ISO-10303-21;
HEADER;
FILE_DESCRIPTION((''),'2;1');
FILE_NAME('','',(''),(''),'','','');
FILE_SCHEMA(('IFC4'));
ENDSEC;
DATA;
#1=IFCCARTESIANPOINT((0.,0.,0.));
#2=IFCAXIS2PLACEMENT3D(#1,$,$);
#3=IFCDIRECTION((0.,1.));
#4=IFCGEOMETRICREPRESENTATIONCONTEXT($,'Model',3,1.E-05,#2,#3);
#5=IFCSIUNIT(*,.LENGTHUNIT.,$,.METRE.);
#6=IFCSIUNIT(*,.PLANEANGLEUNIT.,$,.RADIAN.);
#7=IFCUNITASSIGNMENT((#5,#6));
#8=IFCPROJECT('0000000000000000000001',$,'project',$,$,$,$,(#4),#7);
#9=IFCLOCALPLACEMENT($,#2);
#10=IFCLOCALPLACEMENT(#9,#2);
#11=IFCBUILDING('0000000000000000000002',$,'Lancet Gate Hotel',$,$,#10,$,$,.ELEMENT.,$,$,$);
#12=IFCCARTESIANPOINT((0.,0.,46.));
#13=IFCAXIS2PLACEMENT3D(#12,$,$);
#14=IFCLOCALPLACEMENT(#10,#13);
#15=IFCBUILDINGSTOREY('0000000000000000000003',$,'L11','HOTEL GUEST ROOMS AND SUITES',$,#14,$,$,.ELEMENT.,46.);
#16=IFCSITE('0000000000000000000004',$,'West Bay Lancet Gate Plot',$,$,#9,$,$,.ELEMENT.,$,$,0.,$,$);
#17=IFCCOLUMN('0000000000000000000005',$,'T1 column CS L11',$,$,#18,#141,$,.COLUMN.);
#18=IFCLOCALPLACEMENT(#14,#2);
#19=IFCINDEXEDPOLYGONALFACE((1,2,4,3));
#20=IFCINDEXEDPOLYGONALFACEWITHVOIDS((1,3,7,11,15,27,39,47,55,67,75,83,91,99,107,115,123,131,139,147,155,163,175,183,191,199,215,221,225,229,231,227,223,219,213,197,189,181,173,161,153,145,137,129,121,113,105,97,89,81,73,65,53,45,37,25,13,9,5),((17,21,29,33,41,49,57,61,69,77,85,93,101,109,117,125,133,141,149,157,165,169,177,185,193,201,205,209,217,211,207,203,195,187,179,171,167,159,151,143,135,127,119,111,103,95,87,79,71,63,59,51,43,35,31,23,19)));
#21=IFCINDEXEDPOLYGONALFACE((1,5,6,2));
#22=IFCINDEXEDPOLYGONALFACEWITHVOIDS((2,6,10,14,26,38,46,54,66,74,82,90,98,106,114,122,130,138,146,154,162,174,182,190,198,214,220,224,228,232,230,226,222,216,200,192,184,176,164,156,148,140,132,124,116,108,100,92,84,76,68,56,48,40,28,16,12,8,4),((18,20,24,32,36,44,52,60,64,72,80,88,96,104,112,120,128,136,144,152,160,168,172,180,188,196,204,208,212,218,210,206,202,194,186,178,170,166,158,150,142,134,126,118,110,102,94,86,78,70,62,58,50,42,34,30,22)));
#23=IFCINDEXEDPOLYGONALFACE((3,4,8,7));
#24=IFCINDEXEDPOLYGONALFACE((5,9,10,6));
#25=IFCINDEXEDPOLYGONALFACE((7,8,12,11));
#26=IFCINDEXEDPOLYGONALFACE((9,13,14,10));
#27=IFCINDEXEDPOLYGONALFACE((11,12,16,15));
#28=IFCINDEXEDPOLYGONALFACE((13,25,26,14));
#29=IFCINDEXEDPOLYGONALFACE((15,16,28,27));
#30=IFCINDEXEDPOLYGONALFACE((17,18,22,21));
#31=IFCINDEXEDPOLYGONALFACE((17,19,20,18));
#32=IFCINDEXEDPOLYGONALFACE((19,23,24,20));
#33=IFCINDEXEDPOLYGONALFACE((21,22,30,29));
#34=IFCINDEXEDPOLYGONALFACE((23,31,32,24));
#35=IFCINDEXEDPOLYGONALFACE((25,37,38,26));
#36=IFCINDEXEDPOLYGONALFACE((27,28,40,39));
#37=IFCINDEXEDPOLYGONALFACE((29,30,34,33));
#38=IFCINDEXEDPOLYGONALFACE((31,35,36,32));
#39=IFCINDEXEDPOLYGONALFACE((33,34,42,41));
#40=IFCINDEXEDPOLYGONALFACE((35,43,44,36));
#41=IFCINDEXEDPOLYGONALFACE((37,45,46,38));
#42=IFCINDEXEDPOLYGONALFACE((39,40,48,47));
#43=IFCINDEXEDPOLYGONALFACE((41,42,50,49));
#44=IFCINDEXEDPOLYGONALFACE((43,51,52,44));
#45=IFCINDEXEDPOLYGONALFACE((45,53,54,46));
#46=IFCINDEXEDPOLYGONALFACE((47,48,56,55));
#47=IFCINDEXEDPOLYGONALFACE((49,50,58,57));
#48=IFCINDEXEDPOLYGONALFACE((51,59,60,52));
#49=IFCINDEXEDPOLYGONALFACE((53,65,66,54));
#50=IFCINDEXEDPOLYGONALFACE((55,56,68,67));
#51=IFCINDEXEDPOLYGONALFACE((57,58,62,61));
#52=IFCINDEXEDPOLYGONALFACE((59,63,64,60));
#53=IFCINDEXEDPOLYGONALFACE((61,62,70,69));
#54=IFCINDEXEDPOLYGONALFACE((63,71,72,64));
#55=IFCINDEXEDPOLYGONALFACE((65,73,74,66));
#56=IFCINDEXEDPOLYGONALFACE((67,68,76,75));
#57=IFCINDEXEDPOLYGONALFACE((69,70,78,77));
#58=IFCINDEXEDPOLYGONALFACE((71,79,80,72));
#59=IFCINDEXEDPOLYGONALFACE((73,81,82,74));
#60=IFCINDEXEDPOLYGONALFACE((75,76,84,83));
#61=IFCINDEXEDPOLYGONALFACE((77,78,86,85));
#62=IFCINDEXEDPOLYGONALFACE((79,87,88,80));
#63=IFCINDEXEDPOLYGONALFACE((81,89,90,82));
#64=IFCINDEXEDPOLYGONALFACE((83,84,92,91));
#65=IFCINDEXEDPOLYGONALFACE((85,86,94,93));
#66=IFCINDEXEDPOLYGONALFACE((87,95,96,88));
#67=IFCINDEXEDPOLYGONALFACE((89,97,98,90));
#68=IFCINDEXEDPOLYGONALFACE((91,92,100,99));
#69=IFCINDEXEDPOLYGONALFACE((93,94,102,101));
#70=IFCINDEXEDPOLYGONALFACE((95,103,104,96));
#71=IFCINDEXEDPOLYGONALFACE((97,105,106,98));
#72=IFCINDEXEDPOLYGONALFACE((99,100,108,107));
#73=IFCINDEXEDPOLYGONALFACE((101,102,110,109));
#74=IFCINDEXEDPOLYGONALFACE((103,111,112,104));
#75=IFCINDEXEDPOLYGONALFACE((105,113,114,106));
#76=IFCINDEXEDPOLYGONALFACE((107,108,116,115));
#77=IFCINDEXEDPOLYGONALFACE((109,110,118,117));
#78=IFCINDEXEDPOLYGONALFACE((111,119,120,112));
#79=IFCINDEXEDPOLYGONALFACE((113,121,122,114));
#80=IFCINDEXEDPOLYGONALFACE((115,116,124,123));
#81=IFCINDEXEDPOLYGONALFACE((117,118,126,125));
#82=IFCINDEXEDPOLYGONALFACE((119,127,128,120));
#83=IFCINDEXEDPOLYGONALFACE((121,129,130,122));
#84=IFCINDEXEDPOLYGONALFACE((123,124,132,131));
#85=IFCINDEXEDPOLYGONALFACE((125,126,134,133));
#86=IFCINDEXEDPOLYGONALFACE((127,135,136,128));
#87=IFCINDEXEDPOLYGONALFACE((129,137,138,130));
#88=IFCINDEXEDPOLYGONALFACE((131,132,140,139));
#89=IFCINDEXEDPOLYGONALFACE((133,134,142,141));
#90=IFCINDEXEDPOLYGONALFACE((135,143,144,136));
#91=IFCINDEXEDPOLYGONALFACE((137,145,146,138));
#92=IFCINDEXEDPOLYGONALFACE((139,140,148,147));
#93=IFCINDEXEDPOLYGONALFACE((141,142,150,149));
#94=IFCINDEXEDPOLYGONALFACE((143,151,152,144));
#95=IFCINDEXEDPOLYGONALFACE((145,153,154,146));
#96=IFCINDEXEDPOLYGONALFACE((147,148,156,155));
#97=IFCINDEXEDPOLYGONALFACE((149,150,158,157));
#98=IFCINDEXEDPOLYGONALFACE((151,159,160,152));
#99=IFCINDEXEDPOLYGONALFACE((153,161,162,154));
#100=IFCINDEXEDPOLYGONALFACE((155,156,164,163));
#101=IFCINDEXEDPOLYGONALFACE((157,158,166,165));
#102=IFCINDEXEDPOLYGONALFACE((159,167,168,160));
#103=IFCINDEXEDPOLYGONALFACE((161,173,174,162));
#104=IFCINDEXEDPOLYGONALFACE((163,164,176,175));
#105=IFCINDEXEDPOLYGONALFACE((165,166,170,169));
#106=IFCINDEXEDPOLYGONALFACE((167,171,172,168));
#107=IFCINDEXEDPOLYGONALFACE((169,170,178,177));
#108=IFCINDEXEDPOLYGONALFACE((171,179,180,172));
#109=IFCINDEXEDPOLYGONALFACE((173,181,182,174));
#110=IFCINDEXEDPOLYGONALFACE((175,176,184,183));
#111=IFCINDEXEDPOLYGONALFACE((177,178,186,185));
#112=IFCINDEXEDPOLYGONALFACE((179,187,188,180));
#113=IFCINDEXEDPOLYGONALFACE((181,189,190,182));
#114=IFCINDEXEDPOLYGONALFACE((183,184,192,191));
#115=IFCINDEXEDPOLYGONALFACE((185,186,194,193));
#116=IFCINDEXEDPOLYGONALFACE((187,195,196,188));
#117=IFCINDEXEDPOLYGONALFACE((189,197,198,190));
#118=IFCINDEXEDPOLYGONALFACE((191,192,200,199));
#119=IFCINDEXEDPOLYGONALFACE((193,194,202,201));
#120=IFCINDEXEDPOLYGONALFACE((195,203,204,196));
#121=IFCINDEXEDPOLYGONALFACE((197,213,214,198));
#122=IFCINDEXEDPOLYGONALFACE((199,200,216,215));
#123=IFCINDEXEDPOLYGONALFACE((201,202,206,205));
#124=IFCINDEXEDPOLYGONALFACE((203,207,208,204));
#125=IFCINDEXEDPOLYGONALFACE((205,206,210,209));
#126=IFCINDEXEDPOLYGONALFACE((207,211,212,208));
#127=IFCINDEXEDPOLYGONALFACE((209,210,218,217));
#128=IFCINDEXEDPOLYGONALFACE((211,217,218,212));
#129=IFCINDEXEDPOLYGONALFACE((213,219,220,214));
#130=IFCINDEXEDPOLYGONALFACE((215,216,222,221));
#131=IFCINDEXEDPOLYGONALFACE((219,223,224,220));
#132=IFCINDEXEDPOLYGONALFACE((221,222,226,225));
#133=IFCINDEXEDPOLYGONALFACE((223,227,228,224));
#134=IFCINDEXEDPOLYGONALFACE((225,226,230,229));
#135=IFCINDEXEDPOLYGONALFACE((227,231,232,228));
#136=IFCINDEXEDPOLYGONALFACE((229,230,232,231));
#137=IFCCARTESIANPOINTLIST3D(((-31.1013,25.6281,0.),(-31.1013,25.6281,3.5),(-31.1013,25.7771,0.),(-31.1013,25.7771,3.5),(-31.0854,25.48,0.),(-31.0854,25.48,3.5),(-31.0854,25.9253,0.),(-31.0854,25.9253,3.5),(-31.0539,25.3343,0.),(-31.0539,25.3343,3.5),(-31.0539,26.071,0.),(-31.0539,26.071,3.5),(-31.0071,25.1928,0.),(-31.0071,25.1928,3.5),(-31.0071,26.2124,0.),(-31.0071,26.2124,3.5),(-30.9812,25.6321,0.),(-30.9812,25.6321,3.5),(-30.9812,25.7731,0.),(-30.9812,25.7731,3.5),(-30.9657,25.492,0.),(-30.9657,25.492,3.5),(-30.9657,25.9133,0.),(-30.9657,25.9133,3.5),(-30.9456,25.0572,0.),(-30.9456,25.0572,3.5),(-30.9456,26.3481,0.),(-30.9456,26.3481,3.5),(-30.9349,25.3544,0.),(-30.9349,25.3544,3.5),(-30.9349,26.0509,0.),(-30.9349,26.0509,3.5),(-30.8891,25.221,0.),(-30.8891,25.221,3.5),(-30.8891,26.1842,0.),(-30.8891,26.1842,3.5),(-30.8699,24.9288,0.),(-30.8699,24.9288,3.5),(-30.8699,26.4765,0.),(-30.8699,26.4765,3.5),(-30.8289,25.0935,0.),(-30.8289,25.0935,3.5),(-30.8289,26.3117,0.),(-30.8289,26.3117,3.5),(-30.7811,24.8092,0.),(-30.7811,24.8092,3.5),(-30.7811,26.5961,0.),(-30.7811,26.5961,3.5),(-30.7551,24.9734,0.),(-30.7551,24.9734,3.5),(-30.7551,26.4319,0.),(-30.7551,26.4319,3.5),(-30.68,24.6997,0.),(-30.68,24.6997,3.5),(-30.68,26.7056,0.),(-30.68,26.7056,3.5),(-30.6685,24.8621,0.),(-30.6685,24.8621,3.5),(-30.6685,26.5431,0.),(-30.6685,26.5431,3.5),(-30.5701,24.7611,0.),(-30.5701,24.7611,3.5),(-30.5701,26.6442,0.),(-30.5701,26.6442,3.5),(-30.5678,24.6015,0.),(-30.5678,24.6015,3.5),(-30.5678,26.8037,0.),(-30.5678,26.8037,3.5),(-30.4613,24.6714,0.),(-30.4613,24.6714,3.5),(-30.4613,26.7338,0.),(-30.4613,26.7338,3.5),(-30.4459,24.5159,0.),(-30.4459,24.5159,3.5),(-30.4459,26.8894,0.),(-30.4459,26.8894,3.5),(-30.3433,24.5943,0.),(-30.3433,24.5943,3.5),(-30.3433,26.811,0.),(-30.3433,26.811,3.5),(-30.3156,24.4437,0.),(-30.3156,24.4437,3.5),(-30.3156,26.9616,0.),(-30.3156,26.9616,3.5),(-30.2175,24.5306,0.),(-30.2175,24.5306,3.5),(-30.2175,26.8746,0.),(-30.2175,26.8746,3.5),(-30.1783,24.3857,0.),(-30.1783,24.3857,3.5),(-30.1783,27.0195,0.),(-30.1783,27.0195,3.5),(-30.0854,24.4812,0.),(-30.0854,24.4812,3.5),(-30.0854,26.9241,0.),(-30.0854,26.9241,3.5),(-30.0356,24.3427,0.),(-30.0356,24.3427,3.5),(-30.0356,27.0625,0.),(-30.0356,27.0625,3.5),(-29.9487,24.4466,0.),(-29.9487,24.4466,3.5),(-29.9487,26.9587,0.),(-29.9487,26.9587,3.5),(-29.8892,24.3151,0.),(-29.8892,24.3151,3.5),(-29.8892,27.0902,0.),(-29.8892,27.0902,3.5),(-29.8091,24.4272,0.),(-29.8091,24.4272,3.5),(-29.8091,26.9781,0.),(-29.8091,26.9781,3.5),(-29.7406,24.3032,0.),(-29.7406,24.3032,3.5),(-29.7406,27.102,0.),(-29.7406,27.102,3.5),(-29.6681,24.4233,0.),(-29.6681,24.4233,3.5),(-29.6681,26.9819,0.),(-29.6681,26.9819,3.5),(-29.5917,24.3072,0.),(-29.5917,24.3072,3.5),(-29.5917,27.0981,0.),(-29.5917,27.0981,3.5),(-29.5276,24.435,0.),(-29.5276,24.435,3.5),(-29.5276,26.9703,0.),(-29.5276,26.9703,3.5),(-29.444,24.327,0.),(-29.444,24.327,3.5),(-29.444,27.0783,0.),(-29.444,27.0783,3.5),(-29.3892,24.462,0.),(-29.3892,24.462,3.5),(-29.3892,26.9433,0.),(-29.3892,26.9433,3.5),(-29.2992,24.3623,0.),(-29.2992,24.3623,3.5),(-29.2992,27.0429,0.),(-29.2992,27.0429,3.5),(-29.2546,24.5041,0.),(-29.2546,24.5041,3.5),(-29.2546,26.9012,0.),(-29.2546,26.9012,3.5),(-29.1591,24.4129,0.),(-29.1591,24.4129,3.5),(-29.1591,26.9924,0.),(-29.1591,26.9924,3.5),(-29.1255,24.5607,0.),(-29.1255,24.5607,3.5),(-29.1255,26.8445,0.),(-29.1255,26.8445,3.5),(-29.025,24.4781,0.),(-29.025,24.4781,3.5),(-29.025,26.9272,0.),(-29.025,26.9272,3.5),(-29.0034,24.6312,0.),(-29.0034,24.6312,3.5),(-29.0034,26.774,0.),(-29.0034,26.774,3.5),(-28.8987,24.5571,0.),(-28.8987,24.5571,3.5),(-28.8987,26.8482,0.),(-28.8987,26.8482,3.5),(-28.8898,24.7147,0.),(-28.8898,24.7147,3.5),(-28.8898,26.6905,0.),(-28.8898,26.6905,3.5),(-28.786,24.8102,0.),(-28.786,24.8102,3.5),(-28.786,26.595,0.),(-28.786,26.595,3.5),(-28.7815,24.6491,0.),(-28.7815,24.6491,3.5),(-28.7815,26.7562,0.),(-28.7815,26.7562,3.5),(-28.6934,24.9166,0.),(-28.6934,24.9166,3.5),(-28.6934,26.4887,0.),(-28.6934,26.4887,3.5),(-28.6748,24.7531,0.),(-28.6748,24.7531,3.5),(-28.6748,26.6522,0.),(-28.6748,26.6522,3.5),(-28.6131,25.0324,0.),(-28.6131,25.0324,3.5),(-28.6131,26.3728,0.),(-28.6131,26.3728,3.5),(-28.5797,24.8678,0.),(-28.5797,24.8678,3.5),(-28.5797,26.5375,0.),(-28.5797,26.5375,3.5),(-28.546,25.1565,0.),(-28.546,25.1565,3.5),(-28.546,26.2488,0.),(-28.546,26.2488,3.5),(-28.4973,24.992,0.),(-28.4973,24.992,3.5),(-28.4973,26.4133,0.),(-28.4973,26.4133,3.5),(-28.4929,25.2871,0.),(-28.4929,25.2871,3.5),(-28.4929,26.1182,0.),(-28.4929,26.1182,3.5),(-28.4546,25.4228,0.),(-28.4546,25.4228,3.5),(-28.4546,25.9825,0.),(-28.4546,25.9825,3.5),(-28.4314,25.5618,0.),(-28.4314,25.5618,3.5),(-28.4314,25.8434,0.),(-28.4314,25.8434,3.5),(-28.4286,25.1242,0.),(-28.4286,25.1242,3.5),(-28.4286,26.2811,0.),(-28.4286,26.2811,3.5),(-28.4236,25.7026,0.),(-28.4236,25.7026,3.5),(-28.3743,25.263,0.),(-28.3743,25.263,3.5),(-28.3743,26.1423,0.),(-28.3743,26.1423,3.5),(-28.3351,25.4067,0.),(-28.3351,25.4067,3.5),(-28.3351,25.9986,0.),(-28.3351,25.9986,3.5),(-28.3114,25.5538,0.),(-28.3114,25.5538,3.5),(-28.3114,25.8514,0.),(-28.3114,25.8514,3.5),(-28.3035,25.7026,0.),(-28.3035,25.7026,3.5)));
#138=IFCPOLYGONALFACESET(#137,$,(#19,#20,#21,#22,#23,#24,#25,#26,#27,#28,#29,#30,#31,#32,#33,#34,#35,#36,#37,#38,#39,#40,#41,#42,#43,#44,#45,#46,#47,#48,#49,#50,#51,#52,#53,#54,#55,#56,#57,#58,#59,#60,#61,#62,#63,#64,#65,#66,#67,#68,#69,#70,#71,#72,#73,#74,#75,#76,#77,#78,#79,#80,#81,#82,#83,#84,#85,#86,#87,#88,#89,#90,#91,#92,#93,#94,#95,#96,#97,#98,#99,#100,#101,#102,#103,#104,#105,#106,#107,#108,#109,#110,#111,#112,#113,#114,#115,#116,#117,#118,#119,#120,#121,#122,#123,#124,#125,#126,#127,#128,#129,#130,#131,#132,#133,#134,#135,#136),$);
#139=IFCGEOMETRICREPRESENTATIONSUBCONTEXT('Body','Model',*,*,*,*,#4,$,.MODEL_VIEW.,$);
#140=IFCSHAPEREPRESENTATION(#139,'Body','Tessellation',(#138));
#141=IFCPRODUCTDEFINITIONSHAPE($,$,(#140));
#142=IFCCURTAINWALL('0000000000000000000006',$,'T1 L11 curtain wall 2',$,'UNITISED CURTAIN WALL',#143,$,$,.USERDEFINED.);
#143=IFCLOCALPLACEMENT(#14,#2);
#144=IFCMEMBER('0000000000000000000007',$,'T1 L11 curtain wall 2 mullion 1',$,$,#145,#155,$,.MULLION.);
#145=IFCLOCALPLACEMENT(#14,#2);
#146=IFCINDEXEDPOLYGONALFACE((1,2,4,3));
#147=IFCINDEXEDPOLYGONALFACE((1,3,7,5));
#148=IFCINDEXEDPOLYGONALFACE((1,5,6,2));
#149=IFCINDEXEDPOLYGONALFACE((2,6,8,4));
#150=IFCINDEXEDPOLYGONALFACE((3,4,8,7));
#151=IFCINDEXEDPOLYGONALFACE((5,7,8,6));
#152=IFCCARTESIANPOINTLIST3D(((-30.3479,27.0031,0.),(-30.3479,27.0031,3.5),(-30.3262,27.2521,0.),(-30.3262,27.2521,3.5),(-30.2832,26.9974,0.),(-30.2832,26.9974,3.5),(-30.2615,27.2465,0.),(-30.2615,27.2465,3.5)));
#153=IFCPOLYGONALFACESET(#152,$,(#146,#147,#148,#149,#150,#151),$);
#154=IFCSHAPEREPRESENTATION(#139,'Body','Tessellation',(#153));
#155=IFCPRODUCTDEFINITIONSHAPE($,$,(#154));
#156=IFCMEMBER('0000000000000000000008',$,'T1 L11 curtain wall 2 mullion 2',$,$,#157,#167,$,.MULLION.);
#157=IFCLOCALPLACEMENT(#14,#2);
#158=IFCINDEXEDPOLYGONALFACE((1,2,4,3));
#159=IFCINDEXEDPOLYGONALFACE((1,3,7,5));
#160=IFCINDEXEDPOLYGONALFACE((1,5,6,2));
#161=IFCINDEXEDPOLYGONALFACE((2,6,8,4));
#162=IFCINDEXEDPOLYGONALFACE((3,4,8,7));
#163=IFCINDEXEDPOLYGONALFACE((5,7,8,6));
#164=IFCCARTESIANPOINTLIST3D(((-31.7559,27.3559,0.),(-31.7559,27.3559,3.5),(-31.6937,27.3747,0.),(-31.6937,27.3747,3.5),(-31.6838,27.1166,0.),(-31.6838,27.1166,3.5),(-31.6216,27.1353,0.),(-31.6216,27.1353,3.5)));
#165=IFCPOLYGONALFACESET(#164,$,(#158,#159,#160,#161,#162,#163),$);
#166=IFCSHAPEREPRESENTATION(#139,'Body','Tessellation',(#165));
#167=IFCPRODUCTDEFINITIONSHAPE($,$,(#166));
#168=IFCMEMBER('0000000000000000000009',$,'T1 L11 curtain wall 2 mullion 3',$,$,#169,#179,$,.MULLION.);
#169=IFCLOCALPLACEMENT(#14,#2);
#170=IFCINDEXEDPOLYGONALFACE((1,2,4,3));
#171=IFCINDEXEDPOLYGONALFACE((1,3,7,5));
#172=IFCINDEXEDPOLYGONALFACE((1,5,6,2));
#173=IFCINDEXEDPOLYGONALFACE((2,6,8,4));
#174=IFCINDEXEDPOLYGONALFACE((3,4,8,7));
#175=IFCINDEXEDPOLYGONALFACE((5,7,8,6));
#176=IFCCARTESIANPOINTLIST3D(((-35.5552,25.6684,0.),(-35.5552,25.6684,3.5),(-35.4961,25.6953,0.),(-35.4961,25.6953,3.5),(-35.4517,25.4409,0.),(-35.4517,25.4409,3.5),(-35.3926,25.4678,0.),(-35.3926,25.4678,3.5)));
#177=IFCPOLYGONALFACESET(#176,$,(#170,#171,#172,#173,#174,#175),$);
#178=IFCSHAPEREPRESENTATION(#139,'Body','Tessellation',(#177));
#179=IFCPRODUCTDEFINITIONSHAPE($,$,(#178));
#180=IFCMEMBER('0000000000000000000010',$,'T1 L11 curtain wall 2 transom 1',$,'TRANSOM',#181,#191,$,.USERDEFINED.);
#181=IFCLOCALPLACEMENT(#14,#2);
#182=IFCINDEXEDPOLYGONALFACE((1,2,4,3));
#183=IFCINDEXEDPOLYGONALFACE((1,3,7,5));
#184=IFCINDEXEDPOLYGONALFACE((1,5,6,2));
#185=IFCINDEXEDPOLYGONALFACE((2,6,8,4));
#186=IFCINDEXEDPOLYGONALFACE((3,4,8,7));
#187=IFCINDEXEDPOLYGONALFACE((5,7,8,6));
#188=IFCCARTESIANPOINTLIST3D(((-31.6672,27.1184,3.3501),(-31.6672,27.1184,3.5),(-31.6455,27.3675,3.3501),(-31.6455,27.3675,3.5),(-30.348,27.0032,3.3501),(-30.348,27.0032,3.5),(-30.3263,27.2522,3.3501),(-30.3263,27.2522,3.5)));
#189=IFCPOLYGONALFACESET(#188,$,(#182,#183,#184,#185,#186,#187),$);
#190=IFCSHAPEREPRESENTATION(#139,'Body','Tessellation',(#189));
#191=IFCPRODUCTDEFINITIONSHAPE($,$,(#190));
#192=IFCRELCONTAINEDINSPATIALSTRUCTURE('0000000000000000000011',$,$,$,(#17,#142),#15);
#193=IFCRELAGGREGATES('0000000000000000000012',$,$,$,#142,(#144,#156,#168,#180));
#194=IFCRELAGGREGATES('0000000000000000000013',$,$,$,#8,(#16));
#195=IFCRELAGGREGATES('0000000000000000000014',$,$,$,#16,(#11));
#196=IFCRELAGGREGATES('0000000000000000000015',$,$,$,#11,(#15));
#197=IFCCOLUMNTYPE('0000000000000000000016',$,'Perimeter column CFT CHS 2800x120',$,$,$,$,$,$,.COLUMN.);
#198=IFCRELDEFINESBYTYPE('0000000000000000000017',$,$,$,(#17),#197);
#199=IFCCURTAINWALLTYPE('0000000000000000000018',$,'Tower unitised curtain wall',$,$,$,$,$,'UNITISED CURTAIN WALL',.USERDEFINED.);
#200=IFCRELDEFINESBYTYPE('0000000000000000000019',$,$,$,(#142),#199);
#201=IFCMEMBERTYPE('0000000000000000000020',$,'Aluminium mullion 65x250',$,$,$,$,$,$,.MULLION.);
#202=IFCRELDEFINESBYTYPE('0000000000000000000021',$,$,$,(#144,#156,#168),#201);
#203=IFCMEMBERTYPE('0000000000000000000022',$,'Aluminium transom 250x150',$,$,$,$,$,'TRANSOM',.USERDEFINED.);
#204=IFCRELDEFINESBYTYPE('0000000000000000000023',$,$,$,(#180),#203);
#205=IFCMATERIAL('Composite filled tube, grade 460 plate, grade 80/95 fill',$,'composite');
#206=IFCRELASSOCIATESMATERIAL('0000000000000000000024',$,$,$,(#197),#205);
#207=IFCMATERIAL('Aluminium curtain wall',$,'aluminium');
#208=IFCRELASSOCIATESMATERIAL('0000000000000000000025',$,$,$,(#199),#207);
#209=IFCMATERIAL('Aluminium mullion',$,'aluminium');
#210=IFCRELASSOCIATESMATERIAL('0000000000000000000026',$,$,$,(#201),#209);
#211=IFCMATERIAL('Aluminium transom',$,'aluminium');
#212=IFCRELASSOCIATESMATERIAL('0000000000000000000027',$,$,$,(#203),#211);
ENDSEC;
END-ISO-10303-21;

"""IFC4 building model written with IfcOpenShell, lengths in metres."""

from ifc_helpers import new_model, si_unit, direction, frame, origin, origin_2d, place, context, subcontext, project, spatial, rectangle, hollow_circle, extrude, material, material_profile, profile_set, type_object, element, aggregate, save


model = new_model("IFC4")

# Units and contexts
model_context = context("Model", 3, precision=1e-05, world=origin(), true_north=direction((0.0, 1.0)))
body_context = subcontext(model_context, "Body", "Model", "MODEL_VIEW")
ifc_project = project(units=[si_unit("LENGTHUNIT", "METRE"), si_unit("PLANEANGLEUNIT", "RADIAN")], contexts=[model_context])

# Site, building, storey
site_placement = place(None, origin())
site = spatial("IfcSite", under=ifc_project, at=site_placement, Name="West Bay Lancet Gate Plot", CompositionType="ELEMENT", RefElevation=0.0)
building_placement = place(site_placement, origin())
building = spatial("IfcBuilding", under=site, at=building_placement, Name="Lancet Gate Hotel", CompositionType="ELEMENT")
storey_placement = place(building_placement, frame((0.0, 0.0, 46.0)))
storey = spatial("IfcBuildingStorey", under=building, at=storey_placement, Name="L11", Description="HOTEL GUEST ROOMS AND SUITES", CompositionType="ELEMENT", Elevation=46.0)

# Column
ifc_material_1 = material(Name="Composite filled tube, grade 460 plate, grade 80/95 fill", Category="composite")
ifc_material_profile_1 = material_profile(ifc_material_1, hollow_circle(Radius=1.3999, WallThickness=0.1201, at=origin_2d()), Name="CHS 2800x120")
ifc_profile_set_1 = profile_set([ifc_material_profile_1], Name="Composite filled tube, grade 460 plate, grade 80/95 fill")
column_type = type_object("IfcColumnType", Name="Perimeter column CFT CHS 2800x120", PredefinedType="COLUMN", material=ifc_profile_set_1)
column_placement = place(storey_placement, frame((-29.7034, 25.7026, 0.0), z_axis=(0.0, 0.0, 1.0), x_axis=(1.0, 0.0, 0.0)))
element("IfcColumn", 1, at=column_placement, inside=storey, type_object=column_type, Name="T1 column CS L11", PredefinedType="COLUMN", context=body_context, shape_type="SweptSolid", body=[
    extrude(hollow_circle(Radius=1.3999, WallThickness=0.1201, at=origin_2d()), origin(), (0.0, 0.0, 1.0), 3.5),
])

# Curtain wall, members
ifc_material_2 = material(Name="Aluminium curtain wall", Category="aluminium")
curtain_wall_type = type_object("IfcCurtainWallType", Name="Tower unitised curtain wall", ElementType="UNITISED CURTAIN WALL", PredefinedType="USERDEFINED", material=ifc_material_2)
curtain_wall_placement = place(storey_placement, origin())
curtain_wall = element("IfcCurtainWall", 2, at=curtain_wall_placement, inside=storey, type_object=curtain_wall_type, Name="T1 L11 curtain wall 2", ObjectType="UNITISED CURTAIN WALL", PredefinedType="USERDEFINED")
ifc_material_3 = material(Name="Aluminium mullion", Category="aluminium")
ifc_material_profile_2 = material_profile(ifc_material_3, rectangle(XDim=0.0649, YDim=0.25, at=origin_2d()), Name="MULLION 65x250")
ifc_profile_set_2 = profile_set([ifc_material_profile_2], Name="Aluminium mullion")
member_type_1 = type_object("IfcMemberType", Name="Aluminium mullion 65x250", PredefinedType="MULLION", material=ifc_profile_set_2)
member_1_placement = place(storey_placement, frame((-30.3047, 27.1248, 0.0), z_axis=(0.0, 0.0, 1.0), x_axis=(-0.996204, 0.087052, 0.0)))
member_1 = element("IfcMember", 3, at=member_1_placement, type_object=member_type_1, Name="T1 L11 curtain wall 2 mullion 1", PredefinedType="MULLION", context=body_context, shape_type="SweptSolid", body=[
    extrude(rectangle(XDim=0.0649, YDim=0.25, at=origin_2d()), origin(), (0.0, 0.0, 1.0), 3.5),
])
member_2_placement = place(storey_placement, frame((-31.6887, 27.2456, 0.0), z_axis=(0.0, 0.0, 1.0), x_axis=(-0.957524, -0.288352, 0.0)))
member_2 = element("IfcMember", 4, at=member_2_placement, type_object=member_type_1, Name="T1 L11 curtain wall 2 mullion 2", PredefinedType="MULLION", context=body_context, shape_type="SweptSolid", body=[
    extrude(rectangle(XDim=0.0649, YDim=0.25, at=origin_2d()), origin(), (0.0, 0.0, 1.0), 3.5),
])
member_3_placement = place(storey_placement, frame((-35.4739, 25.5681, 0.0), z_axis=(0.0, 0.0, 1.0), x_axis=(-0.91022, -0.414126, 0.0)))
member_3 = element("IfcMember", 5, at=member_3_placement, type_object=member_type_1, Name="T1 L11 curtain wall 2 mullion 3", PredefinedType="MULLION", context=body_context, shape_type="SweptSolid", body=[
    extrude(rectangle(XDim=0.0649, YDim=0.25, at=origin_2d()), origin(), (0.0, 0.0, 1.0), 3.5),
])
ifc_material_4 = material(Name="Aluminium transom", Category="aluminium")
ifc_material_profile_3 = material_profile(ifc_material_4, rectangle(XDim=0.25, YDim=0.1499, at=origin_2d()), Name="TRANSOM 250x150")
ifc_profile_set_3 = profile_set([ifc_material_profile_3], Name="Aluminium transom")
member_type_2 = type_object("IfcMemberType", Name="Aluminium transom 250x150", ElementType="TRANSOM", PredefinedType="USERDEFINED", material=ifc_profile_set_3)
member_4_placement = place(storey_placement, frame((-30.3372, 27.1277, 3.425), z_axis=(-0.996206, 0.087027, 0.0), x_axis=(-0.087027, -0.996206, 0.0)))
member_4 = element("IfcMember", 6, at=member_4_placement, type_object=member_type_2, Name="T1 L11 curtain wall 2 transom 1", ObjectType="TRANSOM", PredefinedType="USERDEFINED", context=body_context, shape_type="SweptSolid", body=[
    extrude(rectangle(XDim=0.25, YDim=0.1499, at=origin_2d()), origin(), (0.0, 0.0, 1.0), 1.3242),
])

aggregate(curtain_wall, [member_1, member_2, member_3, member_4])

save(model, "model.ifc")
